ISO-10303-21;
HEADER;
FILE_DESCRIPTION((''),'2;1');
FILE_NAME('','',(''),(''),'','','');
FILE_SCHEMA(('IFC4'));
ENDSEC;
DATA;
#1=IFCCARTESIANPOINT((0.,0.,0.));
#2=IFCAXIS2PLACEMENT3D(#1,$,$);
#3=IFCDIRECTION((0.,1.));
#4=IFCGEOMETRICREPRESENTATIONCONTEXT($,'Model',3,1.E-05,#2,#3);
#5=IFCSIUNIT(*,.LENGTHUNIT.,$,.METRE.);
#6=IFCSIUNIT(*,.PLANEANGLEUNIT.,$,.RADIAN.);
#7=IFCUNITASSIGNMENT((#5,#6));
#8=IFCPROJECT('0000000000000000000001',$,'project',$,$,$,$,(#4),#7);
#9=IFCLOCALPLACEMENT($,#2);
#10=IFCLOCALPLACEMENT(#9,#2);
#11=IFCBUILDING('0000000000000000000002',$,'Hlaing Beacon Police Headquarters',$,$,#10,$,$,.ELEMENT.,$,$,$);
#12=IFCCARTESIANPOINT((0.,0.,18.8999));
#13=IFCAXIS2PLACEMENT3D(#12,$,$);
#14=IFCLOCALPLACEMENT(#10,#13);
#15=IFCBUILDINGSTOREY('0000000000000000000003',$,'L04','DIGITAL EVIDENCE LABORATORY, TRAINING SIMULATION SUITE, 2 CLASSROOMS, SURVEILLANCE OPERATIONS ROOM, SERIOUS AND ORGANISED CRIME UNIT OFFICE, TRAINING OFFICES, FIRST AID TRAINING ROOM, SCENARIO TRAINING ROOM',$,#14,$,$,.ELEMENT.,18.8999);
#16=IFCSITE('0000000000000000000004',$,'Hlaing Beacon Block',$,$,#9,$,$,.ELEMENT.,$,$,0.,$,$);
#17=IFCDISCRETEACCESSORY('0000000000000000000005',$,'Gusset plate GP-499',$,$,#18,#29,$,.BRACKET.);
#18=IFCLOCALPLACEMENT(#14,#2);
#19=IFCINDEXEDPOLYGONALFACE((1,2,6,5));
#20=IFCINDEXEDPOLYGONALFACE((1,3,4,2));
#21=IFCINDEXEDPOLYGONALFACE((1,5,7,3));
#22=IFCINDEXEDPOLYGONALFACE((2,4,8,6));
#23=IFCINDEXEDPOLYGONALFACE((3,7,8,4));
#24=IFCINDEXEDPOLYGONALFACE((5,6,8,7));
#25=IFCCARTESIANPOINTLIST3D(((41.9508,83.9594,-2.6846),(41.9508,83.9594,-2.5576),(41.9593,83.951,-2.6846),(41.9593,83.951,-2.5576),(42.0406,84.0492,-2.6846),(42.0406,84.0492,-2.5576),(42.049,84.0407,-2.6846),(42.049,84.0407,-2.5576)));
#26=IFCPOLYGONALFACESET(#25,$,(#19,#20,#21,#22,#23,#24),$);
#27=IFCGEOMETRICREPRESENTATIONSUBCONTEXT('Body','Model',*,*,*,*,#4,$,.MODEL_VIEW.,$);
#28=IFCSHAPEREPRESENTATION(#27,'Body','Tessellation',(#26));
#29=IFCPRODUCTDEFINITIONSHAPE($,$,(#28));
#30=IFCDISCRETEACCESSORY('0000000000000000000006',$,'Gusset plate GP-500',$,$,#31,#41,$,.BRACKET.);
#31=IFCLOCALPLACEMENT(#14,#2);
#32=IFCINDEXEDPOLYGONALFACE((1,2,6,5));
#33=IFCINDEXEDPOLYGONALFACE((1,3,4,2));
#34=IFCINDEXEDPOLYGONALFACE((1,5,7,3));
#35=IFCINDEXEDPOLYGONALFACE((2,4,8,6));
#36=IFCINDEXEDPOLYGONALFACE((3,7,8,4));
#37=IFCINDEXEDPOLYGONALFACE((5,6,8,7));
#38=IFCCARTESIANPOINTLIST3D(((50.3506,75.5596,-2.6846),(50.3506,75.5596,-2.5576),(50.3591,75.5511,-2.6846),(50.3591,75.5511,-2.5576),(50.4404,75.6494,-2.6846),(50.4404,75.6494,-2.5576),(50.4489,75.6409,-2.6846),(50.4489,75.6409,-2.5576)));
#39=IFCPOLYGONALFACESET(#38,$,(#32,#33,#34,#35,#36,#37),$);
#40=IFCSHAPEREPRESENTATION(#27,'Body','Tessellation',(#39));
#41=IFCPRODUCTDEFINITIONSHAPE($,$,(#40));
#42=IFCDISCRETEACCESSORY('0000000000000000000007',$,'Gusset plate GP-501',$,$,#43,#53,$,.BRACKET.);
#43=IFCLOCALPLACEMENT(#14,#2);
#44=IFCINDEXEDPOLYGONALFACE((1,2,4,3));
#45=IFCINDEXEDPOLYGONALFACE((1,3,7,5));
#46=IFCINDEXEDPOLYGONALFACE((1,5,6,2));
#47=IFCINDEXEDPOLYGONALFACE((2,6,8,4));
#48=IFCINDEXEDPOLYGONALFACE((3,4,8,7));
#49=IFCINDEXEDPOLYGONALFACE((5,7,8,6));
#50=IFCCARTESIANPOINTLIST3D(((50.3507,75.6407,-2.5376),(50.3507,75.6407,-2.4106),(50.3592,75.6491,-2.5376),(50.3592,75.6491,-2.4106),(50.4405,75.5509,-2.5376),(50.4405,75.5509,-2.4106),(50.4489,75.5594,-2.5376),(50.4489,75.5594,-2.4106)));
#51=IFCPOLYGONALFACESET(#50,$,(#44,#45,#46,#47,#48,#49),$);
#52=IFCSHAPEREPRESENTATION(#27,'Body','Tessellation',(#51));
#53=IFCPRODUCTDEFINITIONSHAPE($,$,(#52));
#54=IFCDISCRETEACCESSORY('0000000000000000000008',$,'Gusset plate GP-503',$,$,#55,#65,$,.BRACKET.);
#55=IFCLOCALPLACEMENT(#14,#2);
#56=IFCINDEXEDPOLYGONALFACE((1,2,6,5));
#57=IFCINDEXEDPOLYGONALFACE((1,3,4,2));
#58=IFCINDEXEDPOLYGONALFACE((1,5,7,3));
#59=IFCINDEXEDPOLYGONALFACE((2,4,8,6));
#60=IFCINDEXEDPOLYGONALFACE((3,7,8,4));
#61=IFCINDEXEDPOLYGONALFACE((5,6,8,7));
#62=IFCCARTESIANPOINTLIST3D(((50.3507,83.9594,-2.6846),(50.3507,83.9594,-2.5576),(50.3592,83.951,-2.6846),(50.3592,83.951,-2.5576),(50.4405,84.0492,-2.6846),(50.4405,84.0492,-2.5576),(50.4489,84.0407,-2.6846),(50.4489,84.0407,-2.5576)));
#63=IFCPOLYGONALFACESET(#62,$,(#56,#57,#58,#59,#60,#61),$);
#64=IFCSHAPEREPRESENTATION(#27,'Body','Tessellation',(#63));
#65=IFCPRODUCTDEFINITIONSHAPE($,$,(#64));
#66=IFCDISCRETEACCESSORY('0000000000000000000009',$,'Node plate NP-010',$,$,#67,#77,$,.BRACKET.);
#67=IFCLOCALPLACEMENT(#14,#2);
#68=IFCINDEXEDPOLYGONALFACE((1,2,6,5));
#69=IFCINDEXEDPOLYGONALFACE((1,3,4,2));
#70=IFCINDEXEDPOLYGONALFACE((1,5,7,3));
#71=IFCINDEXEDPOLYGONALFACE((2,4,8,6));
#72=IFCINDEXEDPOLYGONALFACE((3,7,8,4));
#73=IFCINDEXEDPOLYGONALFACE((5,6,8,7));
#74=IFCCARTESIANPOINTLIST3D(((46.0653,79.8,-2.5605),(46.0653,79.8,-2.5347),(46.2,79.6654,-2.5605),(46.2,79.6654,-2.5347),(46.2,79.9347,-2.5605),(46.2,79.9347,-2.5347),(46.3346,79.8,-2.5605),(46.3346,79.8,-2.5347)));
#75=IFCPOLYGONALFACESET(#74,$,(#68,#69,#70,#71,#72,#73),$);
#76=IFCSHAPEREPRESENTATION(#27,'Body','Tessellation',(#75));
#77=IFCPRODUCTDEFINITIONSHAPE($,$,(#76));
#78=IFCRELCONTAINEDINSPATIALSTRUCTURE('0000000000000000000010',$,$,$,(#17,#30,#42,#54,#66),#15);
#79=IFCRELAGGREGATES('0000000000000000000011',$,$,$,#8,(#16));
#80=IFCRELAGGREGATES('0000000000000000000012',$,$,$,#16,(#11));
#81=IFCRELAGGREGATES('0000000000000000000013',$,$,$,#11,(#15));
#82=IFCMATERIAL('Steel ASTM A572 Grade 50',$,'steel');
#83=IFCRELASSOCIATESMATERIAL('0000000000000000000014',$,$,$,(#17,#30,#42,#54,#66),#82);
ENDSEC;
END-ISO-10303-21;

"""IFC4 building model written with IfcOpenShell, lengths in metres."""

from ifc_helpers import new_model, si_unit, direction, frame, origin, origin_2d, place, context, subcontext, project, spatial, rectangle, extrude, material, element, save


model = new_model("IFC4")

# Units and contexts
model_context = context("Model", 3, precision=1e-05, world=origin(), true_north=direction((0.0, 1.0)))
body_context = subcontext(model_context, "Body", "Model", "MODEL_VIEW")
ifc_project = project(units=[si_unit("LENGTHUNIT", "METRE"), si_unit("PLANEANGLEUNIT", "RADIAN")], contexts=[model_context])

# Site, building, storey
site_placement = place(None, origin())
site = spatial("IfcSite", under=ifc_project, at=site_placement, Name="Hlaing Beacon Block", CompositionType="ELEMENT", RefElevation=0.0)
building_placement = place(site_placement, origin())
building = spatial("IfcBuilding", under=site, at=building_placement, Name="Hlaing Beacon Police Headquarters", CompositionType="ELEMENT")
storey_placement = place(building_placement, frame((0.0, 0.0, 18.8999)))
storey = spatial("IfcBuildingStorey", under=building, at=storey_placement, Name="L04", Description="DIGITAL EVIDENCE LABORATORY, TRAINING SIMULATION SUITE, 2 CLASSROOMS, SURVEILLANCE OPERATIONS ROOM, SERIOUS AND ORGANISED CRIME UNIT OFFICE, TRAINING OFFICES, FIRST AID TRAINING ROOM, SCENARIO TRAINING ROOM", CompositionType="ELEMENT", Elevation=18.8999)

# Discrete accessories
ifc_material_1 = material(Name="Steel ASTM A572 Grade 50", Category="steel")
for number, where, z_axis, x_axis, name in (
    (1, (42.0042, 83.9958, -2.6211), (-0.707107, 0.707107, 0.0), (-0.707107, -0.707107, 0.0), "Gusset plate GP-499"),
    (2, (50.3955, 75.6045, -2.6211), (0.707107, -0.707107, 0.0), (0.707107, 0.707107, 0.0), "Gusset plate GP-500"),
    (3, (50.4041, 75.6042, -2.4741), (-0.707117, -0.707097, 0.0), (0.707097, -0.707117, 0.0), "Gusset plate GP-501"),
    (4, (50.4041, 83.9958, -2.6211), (-0.707117, 0.707097, 0.0), (-0.707097, -0.707117, 0.0), "Gusset plate GP-503"),
):
    element("IfcDiscreteAccessory", number, at=place(storey_placement, frame(where, z_axis=z_axis, x_axis=x_axis)), inside=storey, material=ifc_material_1, Name=name, PredefinedType="BRACKET", context=body_context, shape_type="SweptSolid", body=[
        extrude(rectangle(XDim=0.127, YDim=0.127, at=origin_2d()), origin(), (0.0, 0.0, 1.0), 0.012),
    ])
discrete_accessory_1_placement = place(storey_placement, frame((46.2, 79.8, -2.5605), z_axis=(0.0, 0.0, 1.0), x_axis=(0.707107, 0.707107, 0.0)))
element("IfcDiscreteAccessory", 5, at=discrete_accessory_1_placement, inside=storey, material=ifc_material_1, Name="Node plate NP-010", PredefinedType="BRACKET", context=body_context, shape_type="SweptSolid", body=[
    extrude(rectangle(XDim=0.1904, YDim=0.1904, at=origin_2d()), origin(), (0.0, 0.0, 1.0), 0.0259),
])

save(model, "model.ifc")
